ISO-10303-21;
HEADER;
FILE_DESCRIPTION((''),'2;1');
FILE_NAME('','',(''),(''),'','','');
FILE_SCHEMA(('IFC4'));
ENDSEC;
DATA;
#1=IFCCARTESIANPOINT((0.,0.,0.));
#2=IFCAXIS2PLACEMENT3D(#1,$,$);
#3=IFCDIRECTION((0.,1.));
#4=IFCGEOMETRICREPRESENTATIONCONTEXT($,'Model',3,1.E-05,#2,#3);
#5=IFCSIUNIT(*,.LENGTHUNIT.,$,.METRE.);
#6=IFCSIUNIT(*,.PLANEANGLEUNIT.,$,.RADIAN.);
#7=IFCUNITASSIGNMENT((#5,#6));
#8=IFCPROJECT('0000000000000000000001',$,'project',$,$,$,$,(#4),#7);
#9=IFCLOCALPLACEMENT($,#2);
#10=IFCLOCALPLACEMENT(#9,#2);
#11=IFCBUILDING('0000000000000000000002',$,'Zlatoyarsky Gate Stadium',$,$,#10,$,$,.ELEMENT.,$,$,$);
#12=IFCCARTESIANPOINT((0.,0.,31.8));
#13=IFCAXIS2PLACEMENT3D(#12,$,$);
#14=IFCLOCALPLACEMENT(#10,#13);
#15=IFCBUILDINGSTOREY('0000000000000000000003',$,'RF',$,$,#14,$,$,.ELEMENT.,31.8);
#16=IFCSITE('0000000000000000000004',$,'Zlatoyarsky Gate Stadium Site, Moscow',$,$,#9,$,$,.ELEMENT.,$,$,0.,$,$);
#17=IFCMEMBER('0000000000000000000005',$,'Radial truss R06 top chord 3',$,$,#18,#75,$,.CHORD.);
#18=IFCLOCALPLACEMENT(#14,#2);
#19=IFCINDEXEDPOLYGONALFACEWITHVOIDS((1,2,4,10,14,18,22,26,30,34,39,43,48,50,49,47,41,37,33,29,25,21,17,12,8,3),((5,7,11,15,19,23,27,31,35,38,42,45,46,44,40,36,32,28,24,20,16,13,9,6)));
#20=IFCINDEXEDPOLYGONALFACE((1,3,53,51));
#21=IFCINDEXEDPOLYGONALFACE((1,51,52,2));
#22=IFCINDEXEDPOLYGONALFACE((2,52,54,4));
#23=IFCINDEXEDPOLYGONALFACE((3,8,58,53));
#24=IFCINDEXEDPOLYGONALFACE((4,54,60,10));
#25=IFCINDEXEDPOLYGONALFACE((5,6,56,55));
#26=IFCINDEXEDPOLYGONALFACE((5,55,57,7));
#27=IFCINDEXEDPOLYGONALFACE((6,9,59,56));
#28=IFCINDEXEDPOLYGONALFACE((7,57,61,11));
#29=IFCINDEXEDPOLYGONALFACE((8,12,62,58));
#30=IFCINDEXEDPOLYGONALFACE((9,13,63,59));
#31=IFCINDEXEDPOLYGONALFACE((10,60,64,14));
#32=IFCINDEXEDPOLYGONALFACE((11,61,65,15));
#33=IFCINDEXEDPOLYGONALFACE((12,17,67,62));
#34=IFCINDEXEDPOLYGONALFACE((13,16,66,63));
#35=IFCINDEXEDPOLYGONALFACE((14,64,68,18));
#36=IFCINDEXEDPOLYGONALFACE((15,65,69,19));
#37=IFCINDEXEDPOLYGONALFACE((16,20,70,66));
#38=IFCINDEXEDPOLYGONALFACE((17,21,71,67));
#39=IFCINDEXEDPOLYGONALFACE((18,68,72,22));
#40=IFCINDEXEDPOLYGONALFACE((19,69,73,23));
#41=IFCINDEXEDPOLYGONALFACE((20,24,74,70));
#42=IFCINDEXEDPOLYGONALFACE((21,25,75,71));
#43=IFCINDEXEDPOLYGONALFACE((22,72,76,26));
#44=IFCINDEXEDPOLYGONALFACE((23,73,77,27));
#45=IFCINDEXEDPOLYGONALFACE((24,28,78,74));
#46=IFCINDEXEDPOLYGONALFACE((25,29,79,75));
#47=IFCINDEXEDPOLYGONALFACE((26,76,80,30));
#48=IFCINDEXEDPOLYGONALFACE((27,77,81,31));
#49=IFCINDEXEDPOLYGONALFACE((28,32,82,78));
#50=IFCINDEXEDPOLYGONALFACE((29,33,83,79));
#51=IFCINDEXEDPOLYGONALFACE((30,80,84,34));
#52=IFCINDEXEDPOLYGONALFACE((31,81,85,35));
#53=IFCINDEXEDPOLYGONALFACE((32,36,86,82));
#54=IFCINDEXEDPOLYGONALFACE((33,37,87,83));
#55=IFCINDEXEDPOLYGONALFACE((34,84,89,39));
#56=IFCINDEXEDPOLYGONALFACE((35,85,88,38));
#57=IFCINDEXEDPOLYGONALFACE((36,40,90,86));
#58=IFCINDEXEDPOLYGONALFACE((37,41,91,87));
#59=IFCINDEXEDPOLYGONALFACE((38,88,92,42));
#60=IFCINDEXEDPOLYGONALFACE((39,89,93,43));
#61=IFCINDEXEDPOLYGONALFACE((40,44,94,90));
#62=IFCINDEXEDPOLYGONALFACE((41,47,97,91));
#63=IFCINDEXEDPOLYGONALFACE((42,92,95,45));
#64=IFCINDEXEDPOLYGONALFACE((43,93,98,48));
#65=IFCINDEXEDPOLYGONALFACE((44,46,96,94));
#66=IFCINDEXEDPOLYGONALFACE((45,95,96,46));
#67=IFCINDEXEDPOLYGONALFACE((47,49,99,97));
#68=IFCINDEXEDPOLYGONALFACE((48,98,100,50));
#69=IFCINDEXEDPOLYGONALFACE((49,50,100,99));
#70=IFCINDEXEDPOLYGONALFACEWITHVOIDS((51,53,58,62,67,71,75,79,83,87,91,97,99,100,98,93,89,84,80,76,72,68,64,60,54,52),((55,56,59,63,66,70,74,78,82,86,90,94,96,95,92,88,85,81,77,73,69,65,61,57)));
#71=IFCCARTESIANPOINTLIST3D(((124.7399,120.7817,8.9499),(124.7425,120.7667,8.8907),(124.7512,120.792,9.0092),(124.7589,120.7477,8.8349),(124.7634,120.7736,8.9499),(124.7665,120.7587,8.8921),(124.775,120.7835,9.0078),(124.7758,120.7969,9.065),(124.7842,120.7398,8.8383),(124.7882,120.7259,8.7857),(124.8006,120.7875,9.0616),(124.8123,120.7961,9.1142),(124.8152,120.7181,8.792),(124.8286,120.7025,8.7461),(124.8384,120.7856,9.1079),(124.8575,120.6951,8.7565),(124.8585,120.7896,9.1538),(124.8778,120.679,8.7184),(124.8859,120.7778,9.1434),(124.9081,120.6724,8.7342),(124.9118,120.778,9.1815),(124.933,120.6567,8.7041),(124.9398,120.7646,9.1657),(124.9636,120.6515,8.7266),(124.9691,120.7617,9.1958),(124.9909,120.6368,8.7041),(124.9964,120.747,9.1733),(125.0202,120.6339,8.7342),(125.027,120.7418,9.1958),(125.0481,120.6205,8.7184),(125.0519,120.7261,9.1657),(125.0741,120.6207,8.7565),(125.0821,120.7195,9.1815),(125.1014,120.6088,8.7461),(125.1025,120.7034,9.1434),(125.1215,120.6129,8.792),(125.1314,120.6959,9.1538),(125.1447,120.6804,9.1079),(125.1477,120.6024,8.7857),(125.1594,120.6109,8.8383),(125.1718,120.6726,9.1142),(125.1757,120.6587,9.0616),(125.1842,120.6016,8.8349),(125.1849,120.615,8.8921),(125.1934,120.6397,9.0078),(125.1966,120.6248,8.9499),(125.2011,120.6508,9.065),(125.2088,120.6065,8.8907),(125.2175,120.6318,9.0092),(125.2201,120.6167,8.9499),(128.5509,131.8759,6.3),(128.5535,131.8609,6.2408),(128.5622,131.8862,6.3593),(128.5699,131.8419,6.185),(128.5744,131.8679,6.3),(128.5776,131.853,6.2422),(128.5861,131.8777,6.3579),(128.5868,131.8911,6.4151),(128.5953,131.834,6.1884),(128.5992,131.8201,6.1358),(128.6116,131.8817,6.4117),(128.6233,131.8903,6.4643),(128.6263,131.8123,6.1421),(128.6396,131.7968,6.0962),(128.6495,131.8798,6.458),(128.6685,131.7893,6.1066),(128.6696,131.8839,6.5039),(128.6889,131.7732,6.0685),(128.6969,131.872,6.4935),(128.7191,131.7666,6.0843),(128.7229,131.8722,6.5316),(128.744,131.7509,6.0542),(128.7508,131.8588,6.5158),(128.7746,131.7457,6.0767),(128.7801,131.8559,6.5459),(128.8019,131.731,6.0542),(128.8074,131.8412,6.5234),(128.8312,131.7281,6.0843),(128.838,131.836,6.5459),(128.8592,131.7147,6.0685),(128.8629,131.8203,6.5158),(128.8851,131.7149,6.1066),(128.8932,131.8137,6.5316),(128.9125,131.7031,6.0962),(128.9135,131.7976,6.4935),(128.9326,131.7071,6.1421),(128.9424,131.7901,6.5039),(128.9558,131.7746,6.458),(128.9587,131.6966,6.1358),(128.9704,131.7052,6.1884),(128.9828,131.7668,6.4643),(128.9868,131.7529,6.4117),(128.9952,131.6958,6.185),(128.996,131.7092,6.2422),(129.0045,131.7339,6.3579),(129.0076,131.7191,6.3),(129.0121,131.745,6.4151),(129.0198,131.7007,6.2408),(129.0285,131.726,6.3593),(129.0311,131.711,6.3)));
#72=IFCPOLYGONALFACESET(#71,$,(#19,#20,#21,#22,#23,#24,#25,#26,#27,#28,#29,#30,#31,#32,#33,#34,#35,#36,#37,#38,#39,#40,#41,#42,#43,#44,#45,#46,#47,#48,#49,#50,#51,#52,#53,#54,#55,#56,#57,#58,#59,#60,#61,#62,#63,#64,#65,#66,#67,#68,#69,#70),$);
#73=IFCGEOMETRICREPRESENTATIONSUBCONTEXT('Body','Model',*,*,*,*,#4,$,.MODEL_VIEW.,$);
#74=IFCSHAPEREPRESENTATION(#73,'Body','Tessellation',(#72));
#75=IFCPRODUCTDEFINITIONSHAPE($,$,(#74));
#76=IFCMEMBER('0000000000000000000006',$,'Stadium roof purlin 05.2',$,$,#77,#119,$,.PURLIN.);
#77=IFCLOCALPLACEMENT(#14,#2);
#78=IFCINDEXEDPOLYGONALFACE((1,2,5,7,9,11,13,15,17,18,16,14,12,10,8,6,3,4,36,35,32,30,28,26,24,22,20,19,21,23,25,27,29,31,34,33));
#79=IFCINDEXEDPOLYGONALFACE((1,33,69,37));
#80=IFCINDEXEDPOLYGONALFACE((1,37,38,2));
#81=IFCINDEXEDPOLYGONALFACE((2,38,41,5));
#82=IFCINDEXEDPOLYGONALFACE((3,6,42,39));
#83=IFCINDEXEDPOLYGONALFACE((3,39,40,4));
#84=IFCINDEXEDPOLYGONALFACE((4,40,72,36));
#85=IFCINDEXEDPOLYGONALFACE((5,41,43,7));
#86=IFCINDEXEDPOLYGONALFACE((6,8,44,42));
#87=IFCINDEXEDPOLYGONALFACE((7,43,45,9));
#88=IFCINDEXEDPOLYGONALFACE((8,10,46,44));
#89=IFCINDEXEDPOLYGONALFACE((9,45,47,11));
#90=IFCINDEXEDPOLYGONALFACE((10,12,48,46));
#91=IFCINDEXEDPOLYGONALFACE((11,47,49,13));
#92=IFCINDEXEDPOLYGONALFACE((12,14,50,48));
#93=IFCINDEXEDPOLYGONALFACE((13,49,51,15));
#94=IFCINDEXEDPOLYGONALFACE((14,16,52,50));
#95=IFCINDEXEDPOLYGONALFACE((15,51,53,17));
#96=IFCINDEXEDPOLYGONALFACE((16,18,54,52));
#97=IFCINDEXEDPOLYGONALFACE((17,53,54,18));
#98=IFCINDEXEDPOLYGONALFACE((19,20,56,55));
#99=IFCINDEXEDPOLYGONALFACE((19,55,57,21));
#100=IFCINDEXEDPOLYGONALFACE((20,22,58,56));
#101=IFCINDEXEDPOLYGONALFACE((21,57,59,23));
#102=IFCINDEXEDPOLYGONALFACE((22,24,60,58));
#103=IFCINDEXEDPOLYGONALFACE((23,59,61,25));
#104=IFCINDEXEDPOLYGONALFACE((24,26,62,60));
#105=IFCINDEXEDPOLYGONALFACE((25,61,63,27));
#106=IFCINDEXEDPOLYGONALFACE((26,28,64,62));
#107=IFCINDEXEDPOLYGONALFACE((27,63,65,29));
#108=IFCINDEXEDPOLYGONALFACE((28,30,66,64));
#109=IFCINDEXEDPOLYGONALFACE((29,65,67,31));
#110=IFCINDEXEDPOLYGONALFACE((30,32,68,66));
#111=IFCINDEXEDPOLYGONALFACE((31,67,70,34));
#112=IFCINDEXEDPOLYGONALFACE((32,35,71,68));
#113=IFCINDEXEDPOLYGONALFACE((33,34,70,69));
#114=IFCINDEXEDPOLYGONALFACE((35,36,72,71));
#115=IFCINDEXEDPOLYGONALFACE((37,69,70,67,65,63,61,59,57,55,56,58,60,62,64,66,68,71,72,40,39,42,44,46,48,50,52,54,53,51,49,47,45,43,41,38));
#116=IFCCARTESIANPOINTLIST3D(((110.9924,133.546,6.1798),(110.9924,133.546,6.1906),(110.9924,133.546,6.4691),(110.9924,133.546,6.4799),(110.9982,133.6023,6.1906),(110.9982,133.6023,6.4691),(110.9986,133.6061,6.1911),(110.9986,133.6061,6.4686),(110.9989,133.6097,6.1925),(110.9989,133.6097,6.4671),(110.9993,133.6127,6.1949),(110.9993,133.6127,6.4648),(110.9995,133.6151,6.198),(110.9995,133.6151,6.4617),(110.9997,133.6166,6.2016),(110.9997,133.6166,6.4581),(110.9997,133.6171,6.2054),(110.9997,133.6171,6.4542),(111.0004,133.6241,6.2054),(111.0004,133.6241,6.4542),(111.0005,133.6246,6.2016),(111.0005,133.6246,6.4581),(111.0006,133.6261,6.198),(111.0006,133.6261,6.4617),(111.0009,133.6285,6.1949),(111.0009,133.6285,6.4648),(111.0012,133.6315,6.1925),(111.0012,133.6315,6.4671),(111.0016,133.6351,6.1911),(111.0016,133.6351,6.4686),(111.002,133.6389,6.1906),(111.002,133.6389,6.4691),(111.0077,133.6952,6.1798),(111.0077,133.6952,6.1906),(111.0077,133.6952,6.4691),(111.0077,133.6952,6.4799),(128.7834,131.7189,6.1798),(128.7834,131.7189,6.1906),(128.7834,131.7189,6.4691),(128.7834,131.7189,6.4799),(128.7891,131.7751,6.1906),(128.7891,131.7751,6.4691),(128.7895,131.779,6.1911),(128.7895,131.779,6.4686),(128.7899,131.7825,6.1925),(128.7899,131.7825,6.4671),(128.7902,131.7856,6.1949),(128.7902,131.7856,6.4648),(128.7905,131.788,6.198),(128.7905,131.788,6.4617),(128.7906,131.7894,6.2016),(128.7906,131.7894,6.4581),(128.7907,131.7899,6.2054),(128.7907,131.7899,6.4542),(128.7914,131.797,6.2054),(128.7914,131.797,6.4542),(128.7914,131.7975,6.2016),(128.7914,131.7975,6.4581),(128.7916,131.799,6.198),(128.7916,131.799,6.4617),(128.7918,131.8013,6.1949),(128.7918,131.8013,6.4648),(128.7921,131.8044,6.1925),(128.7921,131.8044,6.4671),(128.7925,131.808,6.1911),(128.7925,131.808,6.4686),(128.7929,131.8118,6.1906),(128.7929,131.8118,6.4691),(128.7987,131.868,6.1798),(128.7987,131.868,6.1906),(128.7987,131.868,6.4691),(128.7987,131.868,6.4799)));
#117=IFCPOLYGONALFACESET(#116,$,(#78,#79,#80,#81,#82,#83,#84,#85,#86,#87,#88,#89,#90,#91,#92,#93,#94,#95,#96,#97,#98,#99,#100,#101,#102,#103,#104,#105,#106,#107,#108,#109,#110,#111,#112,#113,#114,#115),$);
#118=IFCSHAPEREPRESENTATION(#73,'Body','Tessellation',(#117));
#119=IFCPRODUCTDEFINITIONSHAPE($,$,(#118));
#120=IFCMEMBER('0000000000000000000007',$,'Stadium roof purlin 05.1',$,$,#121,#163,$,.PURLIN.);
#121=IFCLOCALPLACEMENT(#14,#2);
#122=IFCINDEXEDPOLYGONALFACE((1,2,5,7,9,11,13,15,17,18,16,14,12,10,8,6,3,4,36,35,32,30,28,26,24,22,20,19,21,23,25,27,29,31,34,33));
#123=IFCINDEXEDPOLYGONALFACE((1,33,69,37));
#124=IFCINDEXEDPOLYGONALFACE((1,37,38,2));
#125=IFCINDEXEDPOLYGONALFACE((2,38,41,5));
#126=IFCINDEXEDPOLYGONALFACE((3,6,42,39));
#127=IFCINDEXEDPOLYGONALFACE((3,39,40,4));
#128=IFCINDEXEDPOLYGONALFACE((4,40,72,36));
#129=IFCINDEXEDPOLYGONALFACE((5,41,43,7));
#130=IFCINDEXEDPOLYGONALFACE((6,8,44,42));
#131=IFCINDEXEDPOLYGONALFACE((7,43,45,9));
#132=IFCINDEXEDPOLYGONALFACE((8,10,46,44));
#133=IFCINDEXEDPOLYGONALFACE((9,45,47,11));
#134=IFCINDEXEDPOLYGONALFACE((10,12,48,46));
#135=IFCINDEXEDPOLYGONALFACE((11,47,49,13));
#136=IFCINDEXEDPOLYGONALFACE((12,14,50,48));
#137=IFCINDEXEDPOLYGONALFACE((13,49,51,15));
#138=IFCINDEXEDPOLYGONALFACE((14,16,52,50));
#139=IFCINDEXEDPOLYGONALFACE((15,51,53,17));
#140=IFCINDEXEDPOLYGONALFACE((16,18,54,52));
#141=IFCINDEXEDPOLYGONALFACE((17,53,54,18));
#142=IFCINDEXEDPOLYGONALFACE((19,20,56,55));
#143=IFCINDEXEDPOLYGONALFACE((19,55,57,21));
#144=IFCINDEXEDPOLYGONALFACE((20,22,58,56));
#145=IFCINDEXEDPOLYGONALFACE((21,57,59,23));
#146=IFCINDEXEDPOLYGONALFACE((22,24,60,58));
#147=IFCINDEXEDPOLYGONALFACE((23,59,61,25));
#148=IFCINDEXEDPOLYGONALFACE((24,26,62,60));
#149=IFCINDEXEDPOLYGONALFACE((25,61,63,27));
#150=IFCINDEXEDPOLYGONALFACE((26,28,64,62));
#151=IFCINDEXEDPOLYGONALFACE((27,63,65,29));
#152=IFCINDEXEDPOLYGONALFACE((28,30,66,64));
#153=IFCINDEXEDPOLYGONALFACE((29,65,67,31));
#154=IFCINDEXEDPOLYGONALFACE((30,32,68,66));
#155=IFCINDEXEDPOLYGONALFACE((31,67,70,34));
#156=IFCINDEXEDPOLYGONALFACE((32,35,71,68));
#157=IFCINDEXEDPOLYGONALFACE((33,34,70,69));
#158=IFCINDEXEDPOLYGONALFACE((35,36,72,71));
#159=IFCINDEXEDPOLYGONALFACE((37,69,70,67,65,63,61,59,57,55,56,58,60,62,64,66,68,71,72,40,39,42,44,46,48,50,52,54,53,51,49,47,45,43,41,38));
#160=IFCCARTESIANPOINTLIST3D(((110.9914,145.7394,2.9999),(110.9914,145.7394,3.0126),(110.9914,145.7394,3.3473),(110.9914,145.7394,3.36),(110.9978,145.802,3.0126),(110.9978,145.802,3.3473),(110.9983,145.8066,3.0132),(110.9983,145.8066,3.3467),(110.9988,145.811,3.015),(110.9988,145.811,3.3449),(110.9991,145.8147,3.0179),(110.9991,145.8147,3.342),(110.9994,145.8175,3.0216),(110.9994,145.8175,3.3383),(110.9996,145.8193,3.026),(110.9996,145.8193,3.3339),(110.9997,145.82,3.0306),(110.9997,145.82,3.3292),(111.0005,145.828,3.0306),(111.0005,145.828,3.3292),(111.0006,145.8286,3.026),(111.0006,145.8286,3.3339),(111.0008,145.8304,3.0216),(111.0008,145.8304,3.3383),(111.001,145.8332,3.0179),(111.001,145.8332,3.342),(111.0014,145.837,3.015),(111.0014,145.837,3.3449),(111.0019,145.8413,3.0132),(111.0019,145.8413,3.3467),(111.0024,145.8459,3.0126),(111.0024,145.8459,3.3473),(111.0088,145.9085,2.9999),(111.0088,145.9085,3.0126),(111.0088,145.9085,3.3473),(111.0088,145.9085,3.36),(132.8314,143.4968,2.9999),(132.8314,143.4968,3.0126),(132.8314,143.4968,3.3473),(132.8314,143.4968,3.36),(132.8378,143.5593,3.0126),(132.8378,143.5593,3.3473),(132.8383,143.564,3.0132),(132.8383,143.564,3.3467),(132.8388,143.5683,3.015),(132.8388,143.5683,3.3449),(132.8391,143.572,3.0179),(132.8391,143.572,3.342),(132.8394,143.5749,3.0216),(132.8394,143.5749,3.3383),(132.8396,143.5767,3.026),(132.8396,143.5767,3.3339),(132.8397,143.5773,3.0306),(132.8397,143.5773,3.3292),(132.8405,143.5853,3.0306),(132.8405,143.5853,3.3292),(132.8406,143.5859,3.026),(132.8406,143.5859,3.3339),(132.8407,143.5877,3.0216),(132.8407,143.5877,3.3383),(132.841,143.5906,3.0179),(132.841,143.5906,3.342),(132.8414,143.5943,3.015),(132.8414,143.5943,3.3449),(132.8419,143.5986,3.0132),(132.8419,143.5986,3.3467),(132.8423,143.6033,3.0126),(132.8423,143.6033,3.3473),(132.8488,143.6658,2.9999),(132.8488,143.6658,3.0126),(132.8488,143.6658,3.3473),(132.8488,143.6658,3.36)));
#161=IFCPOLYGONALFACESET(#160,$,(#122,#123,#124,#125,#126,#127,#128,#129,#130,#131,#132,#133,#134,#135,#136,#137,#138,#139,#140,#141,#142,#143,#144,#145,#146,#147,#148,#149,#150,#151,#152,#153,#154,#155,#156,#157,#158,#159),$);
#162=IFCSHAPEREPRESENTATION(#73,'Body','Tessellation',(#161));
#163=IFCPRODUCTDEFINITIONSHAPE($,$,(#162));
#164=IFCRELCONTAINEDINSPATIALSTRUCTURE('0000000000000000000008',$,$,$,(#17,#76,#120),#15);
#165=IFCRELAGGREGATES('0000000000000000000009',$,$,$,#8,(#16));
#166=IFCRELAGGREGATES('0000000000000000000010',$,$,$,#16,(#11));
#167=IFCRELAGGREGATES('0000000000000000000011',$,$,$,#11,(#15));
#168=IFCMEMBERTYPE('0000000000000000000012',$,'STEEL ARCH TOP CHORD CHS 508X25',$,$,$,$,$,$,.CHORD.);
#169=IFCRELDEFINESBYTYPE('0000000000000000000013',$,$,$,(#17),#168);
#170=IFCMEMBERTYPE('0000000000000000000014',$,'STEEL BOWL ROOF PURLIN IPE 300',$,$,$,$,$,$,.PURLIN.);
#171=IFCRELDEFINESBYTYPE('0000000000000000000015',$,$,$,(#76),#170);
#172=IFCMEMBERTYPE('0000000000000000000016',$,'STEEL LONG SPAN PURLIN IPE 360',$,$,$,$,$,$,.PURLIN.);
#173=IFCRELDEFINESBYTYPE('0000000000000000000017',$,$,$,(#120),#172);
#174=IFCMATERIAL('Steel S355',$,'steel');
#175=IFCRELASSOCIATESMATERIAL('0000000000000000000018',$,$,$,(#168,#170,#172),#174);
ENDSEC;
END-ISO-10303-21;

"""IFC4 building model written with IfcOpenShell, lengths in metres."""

from ifc_helpers import new_model, si_unit, direction, frame, origin, origin_2d, place, context, subcontext, project, spatial, hollow_circle, i_section, extrude, material, material_profile, profile_set, type_object, element, save


model = new_model("IFC4")

# Units and contexts
model_context = context("Model", 3, precision=1e-05, world=origin(), true_north=direction((0.0, 1.0)))
body_context = subcontext(model_context, "Body", "Model", "MODEL_VIEW")
ifc_project = project(units=[si_unit("LENGTHUNIT", "METRE"), si_unit("PLANEANGLEUNIT", "RADIAN")], contexts=[model_context])

# Site, building, storey
site_placement = place(None, origin())
site = spatial("IfcSite", under=ifc_project, at=site_placement, Name="Zlatoyarsky Gate Stadium Site, Moscow", CompositionType="ELEMENT", RefElevation=0.0)
building_placement = place(site_placement, origin())
building = spatial("IfcBuilding", under=site, at=building_placement, Name="Zlatoyarsky Gate Stadium", CompositionType="ELEMENT")
storey_placement = place(building_placement, frame((0.0, 0.0, 31.8)))
storey = spatial("IfcBuildingStorey", under=building, at=storey_placement, Name="RF", CompositionType="ELEMENT", Elevation=31.8)

# Members
ifc_material_1 = material(Name="Steel S355", Category="steel")
ifc_material_profile_1 = material_profile(ifc_material_1, hollow_circle(Radius=0.2539, WallThickness=0.0249, at=origin_2d()), Name="CHS 508X25")
ifc_profile_set_1 = profile_set([ifc_material_profile_1], Name="Steel S355")
member_type_1 = type_object("IfcMemberType", Name="STEEL ARCH TOP CHORD CHS 508X25", PredefinedType="CHORD", material=ifc_profile_set_1)
member_1_placement = place(storey_placement, frame((128.791, 131.7935, 6.3), z_axis=(-0.316896, -0.92251, 0.220345), x_axis=(0.945755, -0.324881, 0.0)))
element("IfcMember", 1, at=member_1_placement, inside=storey, type_object=member_type_1, Name="Radial truss R06 top chord 3", PredefinedType="CHORD", context=body_context, shape_type="SweptSolid", body=[
    extrude(hollow_circle(Radius=0.2539, WallThickness=0.0249, at=origin_2d()), origin(), (0.0, 0.0, 1.0), 12.0261),
])
ifc_material_profile_2 = material_profile(ifc_material_1, i_section(OverallWidth=0.1499, OverallDepth=0.3, WebThickness=0.0071, FlangeThickness=0.0107, FilletRadius=0.0149, at=origin_2d()), Name="IPE 300")
ifc_profile_set_2 = profile_set([ifc_material_profile_2], Name="Steel S355")
member_type_2 = type_object("IfcMemberType", Name="STEEL BOWL ROOF PURLIN IPE 300", PredefinedType="PURLIN", material=ifc_profile_set_2)
member_2_placement = place(storey_placement, frame((128.791, 131.7935, 6.3298), z_axis=(-0.994768, 0.102163, 0.0), x_axis=(-0.102163, -0.994768, 0.0)))
element("IfcMember", 2, at=member_2_placement, inside=storey, type_object=member_type_2, Name="Stadium roof purlin 05.2", PredefinedType="PURLIN", context=body_context, shape_type="SweptSolid", body=[
    extrude(i_section(OverallWidth=0.1499, OverallDepth=0.3, WebThickness=0.0071, FlangeThickness=0.0107, FilletRadius=0.0149, at=origin_2d()), origin(), (0.0, 0.0, 1.0), 17.8845),
])
ifc_material_profile_3 = material_profile(ifc_material_1, i_section(OverallWidth=0.1699, OverallDepth=0.3601, WebThickness=0.0081, FlangeThickness=0.0127, FilletRadius=0.0181, at=origin_2d()), Name="IPE 360")
ifc_profile_set_3 = profile_set([ifc_material_profile_3], Name="Steel S355")
member_type_3 = type_object("IfcMemberType", Name="STEEL LONG SPAN PURLIN IPE 360", PredefinedType="PURLIN", material=ifc_profile_set_3)
member_3_placement = place(storey_placement, frame((132.8401, 143.5813, 3.1799), z_axis=(-0.994769, 0.102149, 0.0), x_axis=(-0.102149, -0.994769, 0.0)))
element("IfcMember", 3, at=member_3_placement, inside=storey, type_object=member_type_3, Name="Stadium roof purlin 05.1", PredefinedType="PURLIN", context=body_context, shape_type="SweptSolid", body=[
    extrude(i_section(OverallWidth=0.1699, OverallDepth=0.3601, WebThickness=0.0081, FlangeThickness=0.0127, FilletRadius=0.0181, at=origin_2d()), origin(), (0.0, 0.0, 1.0), 21.9548),
])

save(model, "model.ifc")
